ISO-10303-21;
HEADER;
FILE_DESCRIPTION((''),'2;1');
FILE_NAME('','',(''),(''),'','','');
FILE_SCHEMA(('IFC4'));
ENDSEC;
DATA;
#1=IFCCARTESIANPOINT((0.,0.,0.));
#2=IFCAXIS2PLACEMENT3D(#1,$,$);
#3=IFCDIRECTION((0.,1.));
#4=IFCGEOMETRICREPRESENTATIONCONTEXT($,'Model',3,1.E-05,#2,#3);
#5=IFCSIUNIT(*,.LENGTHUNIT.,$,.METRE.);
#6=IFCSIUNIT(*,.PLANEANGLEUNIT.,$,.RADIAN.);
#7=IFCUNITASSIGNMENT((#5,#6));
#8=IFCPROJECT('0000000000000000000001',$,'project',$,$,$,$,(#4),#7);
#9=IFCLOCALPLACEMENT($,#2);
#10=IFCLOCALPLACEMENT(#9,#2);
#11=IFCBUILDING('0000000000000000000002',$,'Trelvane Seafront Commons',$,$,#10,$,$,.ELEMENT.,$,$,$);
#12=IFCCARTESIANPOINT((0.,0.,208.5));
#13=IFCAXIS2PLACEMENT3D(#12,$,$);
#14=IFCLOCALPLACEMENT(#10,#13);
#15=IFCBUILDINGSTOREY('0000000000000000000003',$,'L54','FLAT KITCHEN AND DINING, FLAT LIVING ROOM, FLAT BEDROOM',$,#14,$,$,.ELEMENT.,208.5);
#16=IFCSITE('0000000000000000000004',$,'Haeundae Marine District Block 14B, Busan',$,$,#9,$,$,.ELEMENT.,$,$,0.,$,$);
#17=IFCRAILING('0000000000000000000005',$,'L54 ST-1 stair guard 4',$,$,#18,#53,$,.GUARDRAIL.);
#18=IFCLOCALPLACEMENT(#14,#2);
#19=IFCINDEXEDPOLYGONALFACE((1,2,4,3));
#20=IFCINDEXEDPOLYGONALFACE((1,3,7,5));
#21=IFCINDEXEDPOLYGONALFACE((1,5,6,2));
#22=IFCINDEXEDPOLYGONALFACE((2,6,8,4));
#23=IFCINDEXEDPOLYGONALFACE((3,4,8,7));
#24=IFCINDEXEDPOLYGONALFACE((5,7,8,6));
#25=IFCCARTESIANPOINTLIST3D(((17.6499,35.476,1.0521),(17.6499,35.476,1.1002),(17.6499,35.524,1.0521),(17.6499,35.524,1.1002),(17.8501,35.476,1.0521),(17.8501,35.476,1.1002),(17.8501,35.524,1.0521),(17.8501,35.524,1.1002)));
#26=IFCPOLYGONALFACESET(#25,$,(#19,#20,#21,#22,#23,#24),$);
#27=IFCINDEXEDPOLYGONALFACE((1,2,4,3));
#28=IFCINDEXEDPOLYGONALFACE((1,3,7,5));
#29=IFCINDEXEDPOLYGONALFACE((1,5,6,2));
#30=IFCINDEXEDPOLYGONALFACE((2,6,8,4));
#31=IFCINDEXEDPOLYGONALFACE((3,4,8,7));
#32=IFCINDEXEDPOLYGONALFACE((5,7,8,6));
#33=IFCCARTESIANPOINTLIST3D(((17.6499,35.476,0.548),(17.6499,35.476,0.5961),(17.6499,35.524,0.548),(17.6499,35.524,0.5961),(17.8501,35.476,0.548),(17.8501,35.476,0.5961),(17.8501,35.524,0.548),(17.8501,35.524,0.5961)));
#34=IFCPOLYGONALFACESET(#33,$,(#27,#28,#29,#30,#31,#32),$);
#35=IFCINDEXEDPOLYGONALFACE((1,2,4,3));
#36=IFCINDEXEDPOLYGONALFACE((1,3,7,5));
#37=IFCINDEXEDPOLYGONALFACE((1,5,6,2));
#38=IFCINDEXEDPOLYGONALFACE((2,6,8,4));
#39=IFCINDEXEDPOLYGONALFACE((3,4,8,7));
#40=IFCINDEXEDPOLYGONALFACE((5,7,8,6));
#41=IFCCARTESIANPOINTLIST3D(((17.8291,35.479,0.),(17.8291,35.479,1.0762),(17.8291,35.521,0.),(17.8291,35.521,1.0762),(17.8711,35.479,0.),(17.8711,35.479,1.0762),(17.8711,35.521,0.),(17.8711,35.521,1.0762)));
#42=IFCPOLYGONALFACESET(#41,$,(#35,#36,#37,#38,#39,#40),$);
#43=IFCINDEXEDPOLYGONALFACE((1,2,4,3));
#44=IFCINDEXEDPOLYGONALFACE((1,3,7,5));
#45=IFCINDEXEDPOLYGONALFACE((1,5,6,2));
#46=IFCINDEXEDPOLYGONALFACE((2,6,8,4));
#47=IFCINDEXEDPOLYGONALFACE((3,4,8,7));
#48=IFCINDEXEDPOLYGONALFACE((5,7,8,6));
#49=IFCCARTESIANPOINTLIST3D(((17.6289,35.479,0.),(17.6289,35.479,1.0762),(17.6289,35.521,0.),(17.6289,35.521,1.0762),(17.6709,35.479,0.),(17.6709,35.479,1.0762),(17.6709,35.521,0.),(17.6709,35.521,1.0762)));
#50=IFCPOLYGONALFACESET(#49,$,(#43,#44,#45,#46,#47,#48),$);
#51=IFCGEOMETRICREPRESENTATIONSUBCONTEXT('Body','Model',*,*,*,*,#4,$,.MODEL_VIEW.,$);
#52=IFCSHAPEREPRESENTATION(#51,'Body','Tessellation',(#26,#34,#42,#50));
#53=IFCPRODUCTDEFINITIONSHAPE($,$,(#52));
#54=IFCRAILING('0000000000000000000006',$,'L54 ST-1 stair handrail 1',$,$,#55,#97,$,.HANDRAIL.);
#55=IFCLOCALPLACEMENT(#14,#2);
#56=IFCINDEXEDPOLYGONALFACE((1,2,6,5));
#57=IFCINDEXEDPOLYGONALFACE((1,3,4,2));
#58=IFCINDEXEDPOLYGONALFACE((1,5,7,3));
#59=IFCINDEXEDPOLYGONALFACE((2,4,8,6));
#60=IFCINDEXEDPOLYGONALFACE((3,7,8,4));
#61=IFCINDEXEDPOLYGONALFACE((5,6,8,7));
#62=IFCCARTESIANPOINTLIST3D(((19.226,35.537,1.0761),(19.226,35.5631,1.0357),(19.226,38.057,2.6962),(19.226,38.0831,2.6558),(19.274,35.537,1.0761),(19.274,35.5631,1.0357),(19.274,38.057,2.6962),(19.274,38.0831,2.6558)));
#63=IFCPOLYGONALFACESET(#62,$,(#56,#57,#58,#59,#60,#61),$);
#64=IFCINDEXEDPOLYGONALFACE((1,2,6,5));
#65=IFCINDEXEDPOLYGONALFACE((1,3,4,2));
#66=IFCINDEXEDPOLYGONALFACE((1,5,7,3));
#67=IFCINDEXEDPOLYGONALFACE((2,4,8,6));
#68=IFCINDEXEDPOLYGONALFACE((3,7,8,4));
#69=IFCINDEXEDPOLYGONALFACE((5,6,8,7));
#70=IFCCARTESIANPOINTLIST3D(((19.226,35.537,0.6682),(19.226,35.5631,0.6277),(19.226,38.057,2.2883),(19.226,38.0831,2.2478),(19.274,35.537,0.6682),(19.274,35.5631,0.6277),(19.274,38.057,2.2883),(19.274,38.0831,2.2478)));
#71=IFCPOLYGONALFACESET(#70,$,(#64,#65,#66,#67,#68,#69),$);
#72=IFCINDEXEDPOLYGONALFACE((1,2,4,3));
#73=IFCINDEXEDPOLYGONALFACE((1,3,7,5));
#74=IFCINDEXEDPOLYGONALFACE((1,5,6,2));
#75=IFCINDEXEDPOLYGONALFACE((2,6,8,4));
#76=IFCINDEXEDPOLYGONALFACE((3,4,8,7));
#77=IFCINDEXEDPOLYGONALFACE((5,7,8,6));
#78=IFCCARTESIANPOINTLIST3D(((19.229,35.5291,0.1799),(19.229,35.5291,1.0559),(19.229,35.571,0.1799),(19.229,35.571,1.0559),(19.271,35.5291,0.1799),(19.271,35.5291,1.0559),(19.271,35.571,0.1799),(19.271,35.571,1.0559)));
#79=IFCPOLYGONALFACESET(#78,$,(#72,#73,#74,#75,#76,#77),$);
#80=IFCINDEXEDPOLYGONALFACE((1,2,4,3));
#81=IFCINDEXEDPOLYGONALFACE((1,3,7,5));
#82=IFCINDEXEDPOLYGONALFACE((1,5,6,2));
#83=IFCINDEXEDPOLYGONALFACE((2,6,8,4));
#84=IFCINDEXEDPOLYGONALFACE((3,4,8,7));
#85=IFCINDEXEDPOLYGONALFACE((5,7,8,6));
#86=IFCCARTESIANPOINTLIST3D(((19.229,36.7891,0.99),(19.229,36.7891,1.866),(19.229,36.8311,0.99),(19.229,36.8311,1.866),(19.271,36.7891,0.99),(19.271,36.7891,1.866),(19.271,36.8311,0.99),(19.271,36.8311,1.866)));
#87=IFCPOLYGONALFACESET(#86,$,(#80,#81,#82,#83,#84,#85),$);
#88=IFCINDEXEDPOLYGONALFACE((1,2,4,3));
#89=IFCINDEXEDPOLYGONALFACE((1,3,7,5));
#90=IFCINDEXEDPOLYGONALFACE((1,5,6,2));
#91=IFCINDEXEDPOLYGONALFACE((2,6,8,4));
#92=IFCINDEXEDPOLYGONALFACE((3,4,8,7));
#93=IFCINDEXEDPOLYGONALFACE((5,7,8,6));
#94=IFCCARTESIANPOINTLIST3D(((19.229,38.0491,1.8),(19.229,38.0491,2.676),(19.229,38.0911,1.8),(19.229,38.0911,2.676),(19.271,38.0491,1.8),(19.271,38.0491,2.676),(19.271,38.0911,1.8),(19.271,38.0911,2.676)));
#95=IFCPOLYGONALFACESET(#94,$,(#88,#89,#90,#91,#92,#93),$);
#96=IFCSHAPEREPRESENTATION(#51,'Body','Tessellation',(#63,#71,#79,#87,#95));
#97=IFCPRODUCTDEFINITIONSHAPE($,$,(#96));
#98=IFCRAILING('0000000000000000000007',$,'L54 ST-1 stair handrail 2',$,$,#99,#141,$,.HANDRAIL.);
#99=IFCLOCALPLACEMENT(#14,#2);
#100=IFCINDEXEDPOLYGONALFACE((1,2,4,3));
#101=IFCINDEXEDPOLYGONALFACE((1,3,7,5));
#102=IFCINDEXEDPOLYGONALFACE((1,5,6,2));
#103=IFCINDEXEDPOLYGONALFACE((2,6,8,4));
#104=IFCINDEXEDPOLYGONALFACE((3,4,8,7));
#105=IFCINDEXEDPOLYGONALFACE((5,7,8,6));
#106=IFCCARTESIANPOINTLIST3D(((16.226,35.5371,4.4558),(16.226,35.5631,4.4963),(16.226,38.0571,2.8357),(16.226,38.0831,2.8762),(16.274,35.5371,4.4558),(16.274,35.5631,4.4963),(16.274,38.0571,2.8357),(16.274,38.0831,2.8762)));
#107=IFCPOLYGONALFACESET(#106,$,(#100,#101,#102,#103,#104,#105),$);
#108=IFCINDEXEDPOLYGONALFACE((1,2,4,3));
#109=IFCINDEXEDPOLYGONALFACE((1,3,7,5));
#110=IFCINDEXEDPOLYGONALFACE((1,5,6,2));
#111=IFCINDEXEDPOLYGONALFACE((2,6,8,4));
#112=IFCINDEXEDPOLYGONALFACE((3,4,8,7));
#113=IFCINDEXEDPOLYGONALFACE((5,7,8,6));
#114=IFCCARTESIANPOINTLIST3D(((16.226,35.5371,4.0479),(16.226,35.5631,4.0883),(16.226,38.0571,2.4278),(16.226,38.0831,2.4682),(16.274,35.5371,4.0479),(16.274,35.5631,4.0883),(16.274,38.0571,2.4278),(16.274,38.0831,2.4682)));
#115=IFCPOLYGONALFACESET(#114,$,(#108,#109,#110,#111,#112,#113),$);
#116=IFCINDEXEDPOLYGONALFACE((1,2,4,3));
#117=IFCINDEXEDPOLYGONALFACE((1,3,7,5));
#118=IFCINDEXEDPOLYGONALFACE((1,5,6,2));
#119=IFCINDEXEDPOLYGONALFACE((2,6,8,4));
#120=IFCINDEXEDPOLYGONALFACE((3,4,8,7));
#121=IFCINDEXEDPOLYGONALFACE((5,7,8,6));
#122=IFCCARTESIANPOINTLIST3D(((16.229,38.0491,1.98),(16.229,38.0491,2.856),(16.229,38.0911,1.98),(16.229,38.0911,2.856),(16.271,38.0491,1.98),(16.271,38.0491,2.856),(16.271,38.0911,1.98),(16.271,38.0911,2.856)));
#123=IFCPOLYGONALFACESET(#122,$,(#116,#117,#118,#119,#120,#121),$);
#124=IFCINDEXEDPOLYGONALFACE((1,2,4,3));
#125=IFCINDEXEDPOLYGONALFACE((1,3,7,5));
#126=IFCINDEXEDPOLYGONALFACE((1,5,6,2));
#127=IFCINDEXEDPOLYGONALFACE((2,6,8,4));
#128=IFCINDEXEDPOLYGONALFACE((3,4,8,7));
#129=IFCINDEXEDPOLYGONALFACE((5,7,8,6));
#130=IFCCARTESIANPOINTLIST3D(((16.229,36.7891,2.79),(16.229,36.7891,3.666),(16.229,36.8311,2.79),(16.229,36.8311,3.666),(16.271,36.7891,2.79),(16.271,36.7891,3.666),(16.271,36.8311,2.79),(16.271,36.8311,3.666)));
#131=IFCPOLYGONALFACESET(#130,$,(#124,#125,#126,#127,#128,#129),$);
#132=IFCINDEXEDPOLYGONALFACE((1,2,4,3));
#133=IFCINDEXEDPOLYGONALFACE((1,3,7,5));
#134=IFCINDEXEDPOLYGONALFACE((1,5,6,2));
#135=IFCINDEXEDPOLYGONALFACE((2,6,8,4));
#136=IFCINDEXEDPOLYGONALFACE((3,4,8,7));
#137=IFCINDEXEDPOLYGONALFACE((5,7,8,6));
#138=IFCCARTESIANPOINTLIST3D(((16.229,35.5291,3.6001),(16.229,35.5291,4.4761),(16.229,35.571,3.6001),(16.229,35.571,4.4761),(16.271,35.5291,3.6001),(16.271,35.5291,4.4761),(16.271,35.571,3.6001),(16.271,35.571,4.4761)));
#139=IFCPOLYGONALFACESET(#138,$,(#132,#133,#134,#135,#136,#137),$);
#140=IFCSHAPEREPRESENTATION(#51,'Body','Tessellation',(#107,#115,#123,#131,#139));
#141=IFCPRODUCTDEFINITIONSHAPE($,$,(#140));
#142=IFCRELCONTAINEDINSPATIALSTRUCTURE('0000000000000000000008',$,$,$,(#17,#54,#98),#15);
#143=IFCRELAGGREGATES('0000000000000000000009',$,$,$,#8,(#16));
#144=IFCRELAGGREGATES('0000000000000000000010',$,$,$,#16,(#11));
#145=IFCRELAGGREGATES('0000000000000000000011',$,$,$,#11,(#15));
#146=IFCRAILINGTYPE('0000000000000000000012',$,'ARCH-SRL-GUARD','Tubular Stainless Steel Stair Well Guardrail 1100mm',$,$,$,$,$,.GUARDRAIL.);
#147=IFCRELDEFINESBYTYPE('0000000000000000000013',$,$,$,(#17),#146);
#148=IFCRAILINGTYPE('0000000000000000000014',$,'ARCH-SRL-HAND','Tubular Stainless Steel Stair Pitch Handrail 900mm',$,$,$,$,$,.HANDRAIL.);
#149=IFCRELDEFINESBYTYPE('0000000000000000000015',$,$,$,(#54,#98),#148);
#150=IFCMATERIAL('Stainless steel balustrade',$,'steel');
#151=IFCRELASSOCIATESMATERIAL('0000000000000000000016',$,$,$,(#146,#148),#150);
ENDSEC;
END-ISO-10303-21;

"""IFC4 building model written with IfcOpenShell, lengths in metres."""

from ifc_helpers import new_model, si_unit, direction, frame, origin, origin_2d, place, context, subcontext, project, spatial, rectangle, extrude, material, type_object, element, save


model = new_model("IFC4")

# Units and contexts
model_context = context("Model", 3, precision=1e-05, world=origin(), true_north=direction((0.0, 1.0)))
body_context = subcontext(model_context, "Body", "Model", "MODEL_VIEW")
ifc_project = project(units=[si_unit("LENGTHUNIT", "METRE"), si_unit("PLANEANGLEUNIT", "RADIAN")], contexts=[model_context])

# Site, building, storey
site_placement = place(None, origin())
site = spatial("IfcSite", under=ifc_project, at=site_placement, Name="Haeundae Marine District Block 14B, Busan", CompositionType="ELEMENT", RefElevation=0.0)
building_placement = place(site_placement, origin())
building = spatial("IfcBuilding", under=site, at=building_placement, Name="Trelvane Seafront Commons", CompositionType="ELEMENT")
storey_placement = place(building_placement, frame((0.0, 0.0, 208.5)))
storey = spatial("IfcBuildingStorey", under=building, at=storey_placement, Name="L54", Description="FLAT KITCHEN AND DINING, FLAT LIVING ROOM, FLAT BEDROOM", CompositionType="ELEMENT", Elevation=208.5)

# Shared definitions
ifc_material_1 = material(Name="Stainless steel balustrade", Category="steel")

# Railings
railing_type_1 = type_object("IfcRailingType", Name="ARCH-SRL-GUARD", Description="Tubular Stainless Steel Stair Well Guardrail 1100mm", PredefinedType="GUARDRAIL", material=ifc_material_1)
railing_1_placement = place(storey_placement, frame((17.8501, 35.5, 0.0)))
element("IfcRailing", 1, at=railing_1_placement, inside=storey, type_object=railing_type_1, Name="L54 ST-1 stair guard 4", PredefinedType="GUARDRAIL", context=body_context, shape_type="SweptSolid", body=[
    extrude(rectangle(XDim=0.0481, YDim=0.0481, at=origin_2d()), frame((0.0, 0.0, 1.0762), z_axis=(-1.0, 0.0, 0.0), x_axis=(0.0, -1.0, 0.0)), (0.0, 0.0, 1.0), 0.2002),
    extrude(rectangle(XDim=0.0481, YDim=0.0481, at=origin_2d()), frame((0.0, 0.0, 0.572), z_axis=(-1.0, 0.0, 0.0), x_axis=(0.0, -1.0, 0.0)), (0.0, 0.0, 1.0), 0.2002),
    extrude(rectangle(XDim=0.042, YDim=0.042, at=origin_2d()), origin(), (0.0, 0.0, 1.0), 1.0762),
    extrude(rectangle(XDim=0.042, YDim=0.042, at=origin_2d()), frame((-0.2002, 0.0, 0.0)), (0.0, 0.0, 1.0), 1.0762),
])
railing_type_2 = type_object("IfcRailingType", Name="ARCH-SRL-HAND", Description="Tubular Stainless Steel Stair Pitch Handrail 900mm", PredefinedType="HANDRAIL", material=ifc_material_1)
railing_2_placement = place(storey_placement, frame((19.25, 35.55, 0.1799)))
element("IfcRailing", 2, at=railing_2_placement, inside=storey, type_object=railing_type_2, Name="L54 ST-1 stair handrail 1", PredefinedType="HANDRAIL", context=body_context, shape_type="SweptSolid", body=[
    extrude(rectangle(XDim=0.0481, YDim=0.0481, at=origin_2d()), frame((0.0, 0.0, 0.876), z_axis=(0.0, 0.841163, 0.540782), x_axis=(-1.0, 0.0, 0.0)), (0.0, 0.0, 1.0), 2.9958),
    extrude(rectangle(XDim=0.0481, YDim=0.0481, at=origin_2d()), frame((0.0, 0.0, 0.468), z_axis=(0.0, 0.841163, 0.540782), x_axis=(-1.0, 0.0, 0.0)), (0.0, 0.0, 1.0), 2.9958),
    extrude(rectangle(XDim=0.042, YDim=0.042, at=origin_2d()), origin(), (0.0, 0.0, 1.0), 0.876),
    extrude(rectangle(XDim=0.042, YDim=0.042, at=origin_2d()), frame((0.0, 1.26, 0.8101)), (0.0, 0.0, 1.0), 0.876),
    extrude(rectangle(XDim=0.042, YDim=0.042, at=origin_2d()), frame((0.0, 2.52, 1.6201)), (0.0, 0.0, 1.0), 0.876),
])
railing_3_placement = place(storey_placement, frame((16.25, 38.0701, 1.98)))
element("IfcRailing", 3, at=railing_3_placement, inside=storey, type_object=railing_type_2, Name="L54 ST-1 stair handrail 2", PredefinedType="HANDRAIL", context=body_context, shape_type="SweptSolid", body=[
    extrude(rectangle(XDim=0.0481, YDim=0.0481, at=origin_2d()), frame((0.0, 0.0, 0.876), z_axis=(0.0, -0.841163, 0.540782), x_axis=(1.0, 0.0, 0.0)), (0.0, 0.0, 1.0), 2.9958),
    extrude(rectangle(XDim=0.0481, YDim=0.0481, at=origin_2d()), frame((0.0, 0.0, 0.468), z_axis=(0.0, -0.841163, 0.540782), x_axis=(1.0, 0.0, 0.0)), (0.0, 0.0, 1.0), 2.9958),
    extrude(rectangle(XDim=0.042, YDim=0.042, at=origin_2d()), origin(), (0.0, 0.0, 1.0), 0.876),
    extrude(rectangle(XDim=0.042, YDim=0.042, at=origin_2d()), frame((0.0, -1.26, 0.8101)), (0.0, 0.0, 1.0), 0.876),
    extrude(rectangle(XDim=0.042, YDim=0.042, at=origin_2d()), frame((0.0, -2.52, 1.6201)), (0.0, 0.0, 1.0), 0.876),
])

save(model, "model.ifc")
